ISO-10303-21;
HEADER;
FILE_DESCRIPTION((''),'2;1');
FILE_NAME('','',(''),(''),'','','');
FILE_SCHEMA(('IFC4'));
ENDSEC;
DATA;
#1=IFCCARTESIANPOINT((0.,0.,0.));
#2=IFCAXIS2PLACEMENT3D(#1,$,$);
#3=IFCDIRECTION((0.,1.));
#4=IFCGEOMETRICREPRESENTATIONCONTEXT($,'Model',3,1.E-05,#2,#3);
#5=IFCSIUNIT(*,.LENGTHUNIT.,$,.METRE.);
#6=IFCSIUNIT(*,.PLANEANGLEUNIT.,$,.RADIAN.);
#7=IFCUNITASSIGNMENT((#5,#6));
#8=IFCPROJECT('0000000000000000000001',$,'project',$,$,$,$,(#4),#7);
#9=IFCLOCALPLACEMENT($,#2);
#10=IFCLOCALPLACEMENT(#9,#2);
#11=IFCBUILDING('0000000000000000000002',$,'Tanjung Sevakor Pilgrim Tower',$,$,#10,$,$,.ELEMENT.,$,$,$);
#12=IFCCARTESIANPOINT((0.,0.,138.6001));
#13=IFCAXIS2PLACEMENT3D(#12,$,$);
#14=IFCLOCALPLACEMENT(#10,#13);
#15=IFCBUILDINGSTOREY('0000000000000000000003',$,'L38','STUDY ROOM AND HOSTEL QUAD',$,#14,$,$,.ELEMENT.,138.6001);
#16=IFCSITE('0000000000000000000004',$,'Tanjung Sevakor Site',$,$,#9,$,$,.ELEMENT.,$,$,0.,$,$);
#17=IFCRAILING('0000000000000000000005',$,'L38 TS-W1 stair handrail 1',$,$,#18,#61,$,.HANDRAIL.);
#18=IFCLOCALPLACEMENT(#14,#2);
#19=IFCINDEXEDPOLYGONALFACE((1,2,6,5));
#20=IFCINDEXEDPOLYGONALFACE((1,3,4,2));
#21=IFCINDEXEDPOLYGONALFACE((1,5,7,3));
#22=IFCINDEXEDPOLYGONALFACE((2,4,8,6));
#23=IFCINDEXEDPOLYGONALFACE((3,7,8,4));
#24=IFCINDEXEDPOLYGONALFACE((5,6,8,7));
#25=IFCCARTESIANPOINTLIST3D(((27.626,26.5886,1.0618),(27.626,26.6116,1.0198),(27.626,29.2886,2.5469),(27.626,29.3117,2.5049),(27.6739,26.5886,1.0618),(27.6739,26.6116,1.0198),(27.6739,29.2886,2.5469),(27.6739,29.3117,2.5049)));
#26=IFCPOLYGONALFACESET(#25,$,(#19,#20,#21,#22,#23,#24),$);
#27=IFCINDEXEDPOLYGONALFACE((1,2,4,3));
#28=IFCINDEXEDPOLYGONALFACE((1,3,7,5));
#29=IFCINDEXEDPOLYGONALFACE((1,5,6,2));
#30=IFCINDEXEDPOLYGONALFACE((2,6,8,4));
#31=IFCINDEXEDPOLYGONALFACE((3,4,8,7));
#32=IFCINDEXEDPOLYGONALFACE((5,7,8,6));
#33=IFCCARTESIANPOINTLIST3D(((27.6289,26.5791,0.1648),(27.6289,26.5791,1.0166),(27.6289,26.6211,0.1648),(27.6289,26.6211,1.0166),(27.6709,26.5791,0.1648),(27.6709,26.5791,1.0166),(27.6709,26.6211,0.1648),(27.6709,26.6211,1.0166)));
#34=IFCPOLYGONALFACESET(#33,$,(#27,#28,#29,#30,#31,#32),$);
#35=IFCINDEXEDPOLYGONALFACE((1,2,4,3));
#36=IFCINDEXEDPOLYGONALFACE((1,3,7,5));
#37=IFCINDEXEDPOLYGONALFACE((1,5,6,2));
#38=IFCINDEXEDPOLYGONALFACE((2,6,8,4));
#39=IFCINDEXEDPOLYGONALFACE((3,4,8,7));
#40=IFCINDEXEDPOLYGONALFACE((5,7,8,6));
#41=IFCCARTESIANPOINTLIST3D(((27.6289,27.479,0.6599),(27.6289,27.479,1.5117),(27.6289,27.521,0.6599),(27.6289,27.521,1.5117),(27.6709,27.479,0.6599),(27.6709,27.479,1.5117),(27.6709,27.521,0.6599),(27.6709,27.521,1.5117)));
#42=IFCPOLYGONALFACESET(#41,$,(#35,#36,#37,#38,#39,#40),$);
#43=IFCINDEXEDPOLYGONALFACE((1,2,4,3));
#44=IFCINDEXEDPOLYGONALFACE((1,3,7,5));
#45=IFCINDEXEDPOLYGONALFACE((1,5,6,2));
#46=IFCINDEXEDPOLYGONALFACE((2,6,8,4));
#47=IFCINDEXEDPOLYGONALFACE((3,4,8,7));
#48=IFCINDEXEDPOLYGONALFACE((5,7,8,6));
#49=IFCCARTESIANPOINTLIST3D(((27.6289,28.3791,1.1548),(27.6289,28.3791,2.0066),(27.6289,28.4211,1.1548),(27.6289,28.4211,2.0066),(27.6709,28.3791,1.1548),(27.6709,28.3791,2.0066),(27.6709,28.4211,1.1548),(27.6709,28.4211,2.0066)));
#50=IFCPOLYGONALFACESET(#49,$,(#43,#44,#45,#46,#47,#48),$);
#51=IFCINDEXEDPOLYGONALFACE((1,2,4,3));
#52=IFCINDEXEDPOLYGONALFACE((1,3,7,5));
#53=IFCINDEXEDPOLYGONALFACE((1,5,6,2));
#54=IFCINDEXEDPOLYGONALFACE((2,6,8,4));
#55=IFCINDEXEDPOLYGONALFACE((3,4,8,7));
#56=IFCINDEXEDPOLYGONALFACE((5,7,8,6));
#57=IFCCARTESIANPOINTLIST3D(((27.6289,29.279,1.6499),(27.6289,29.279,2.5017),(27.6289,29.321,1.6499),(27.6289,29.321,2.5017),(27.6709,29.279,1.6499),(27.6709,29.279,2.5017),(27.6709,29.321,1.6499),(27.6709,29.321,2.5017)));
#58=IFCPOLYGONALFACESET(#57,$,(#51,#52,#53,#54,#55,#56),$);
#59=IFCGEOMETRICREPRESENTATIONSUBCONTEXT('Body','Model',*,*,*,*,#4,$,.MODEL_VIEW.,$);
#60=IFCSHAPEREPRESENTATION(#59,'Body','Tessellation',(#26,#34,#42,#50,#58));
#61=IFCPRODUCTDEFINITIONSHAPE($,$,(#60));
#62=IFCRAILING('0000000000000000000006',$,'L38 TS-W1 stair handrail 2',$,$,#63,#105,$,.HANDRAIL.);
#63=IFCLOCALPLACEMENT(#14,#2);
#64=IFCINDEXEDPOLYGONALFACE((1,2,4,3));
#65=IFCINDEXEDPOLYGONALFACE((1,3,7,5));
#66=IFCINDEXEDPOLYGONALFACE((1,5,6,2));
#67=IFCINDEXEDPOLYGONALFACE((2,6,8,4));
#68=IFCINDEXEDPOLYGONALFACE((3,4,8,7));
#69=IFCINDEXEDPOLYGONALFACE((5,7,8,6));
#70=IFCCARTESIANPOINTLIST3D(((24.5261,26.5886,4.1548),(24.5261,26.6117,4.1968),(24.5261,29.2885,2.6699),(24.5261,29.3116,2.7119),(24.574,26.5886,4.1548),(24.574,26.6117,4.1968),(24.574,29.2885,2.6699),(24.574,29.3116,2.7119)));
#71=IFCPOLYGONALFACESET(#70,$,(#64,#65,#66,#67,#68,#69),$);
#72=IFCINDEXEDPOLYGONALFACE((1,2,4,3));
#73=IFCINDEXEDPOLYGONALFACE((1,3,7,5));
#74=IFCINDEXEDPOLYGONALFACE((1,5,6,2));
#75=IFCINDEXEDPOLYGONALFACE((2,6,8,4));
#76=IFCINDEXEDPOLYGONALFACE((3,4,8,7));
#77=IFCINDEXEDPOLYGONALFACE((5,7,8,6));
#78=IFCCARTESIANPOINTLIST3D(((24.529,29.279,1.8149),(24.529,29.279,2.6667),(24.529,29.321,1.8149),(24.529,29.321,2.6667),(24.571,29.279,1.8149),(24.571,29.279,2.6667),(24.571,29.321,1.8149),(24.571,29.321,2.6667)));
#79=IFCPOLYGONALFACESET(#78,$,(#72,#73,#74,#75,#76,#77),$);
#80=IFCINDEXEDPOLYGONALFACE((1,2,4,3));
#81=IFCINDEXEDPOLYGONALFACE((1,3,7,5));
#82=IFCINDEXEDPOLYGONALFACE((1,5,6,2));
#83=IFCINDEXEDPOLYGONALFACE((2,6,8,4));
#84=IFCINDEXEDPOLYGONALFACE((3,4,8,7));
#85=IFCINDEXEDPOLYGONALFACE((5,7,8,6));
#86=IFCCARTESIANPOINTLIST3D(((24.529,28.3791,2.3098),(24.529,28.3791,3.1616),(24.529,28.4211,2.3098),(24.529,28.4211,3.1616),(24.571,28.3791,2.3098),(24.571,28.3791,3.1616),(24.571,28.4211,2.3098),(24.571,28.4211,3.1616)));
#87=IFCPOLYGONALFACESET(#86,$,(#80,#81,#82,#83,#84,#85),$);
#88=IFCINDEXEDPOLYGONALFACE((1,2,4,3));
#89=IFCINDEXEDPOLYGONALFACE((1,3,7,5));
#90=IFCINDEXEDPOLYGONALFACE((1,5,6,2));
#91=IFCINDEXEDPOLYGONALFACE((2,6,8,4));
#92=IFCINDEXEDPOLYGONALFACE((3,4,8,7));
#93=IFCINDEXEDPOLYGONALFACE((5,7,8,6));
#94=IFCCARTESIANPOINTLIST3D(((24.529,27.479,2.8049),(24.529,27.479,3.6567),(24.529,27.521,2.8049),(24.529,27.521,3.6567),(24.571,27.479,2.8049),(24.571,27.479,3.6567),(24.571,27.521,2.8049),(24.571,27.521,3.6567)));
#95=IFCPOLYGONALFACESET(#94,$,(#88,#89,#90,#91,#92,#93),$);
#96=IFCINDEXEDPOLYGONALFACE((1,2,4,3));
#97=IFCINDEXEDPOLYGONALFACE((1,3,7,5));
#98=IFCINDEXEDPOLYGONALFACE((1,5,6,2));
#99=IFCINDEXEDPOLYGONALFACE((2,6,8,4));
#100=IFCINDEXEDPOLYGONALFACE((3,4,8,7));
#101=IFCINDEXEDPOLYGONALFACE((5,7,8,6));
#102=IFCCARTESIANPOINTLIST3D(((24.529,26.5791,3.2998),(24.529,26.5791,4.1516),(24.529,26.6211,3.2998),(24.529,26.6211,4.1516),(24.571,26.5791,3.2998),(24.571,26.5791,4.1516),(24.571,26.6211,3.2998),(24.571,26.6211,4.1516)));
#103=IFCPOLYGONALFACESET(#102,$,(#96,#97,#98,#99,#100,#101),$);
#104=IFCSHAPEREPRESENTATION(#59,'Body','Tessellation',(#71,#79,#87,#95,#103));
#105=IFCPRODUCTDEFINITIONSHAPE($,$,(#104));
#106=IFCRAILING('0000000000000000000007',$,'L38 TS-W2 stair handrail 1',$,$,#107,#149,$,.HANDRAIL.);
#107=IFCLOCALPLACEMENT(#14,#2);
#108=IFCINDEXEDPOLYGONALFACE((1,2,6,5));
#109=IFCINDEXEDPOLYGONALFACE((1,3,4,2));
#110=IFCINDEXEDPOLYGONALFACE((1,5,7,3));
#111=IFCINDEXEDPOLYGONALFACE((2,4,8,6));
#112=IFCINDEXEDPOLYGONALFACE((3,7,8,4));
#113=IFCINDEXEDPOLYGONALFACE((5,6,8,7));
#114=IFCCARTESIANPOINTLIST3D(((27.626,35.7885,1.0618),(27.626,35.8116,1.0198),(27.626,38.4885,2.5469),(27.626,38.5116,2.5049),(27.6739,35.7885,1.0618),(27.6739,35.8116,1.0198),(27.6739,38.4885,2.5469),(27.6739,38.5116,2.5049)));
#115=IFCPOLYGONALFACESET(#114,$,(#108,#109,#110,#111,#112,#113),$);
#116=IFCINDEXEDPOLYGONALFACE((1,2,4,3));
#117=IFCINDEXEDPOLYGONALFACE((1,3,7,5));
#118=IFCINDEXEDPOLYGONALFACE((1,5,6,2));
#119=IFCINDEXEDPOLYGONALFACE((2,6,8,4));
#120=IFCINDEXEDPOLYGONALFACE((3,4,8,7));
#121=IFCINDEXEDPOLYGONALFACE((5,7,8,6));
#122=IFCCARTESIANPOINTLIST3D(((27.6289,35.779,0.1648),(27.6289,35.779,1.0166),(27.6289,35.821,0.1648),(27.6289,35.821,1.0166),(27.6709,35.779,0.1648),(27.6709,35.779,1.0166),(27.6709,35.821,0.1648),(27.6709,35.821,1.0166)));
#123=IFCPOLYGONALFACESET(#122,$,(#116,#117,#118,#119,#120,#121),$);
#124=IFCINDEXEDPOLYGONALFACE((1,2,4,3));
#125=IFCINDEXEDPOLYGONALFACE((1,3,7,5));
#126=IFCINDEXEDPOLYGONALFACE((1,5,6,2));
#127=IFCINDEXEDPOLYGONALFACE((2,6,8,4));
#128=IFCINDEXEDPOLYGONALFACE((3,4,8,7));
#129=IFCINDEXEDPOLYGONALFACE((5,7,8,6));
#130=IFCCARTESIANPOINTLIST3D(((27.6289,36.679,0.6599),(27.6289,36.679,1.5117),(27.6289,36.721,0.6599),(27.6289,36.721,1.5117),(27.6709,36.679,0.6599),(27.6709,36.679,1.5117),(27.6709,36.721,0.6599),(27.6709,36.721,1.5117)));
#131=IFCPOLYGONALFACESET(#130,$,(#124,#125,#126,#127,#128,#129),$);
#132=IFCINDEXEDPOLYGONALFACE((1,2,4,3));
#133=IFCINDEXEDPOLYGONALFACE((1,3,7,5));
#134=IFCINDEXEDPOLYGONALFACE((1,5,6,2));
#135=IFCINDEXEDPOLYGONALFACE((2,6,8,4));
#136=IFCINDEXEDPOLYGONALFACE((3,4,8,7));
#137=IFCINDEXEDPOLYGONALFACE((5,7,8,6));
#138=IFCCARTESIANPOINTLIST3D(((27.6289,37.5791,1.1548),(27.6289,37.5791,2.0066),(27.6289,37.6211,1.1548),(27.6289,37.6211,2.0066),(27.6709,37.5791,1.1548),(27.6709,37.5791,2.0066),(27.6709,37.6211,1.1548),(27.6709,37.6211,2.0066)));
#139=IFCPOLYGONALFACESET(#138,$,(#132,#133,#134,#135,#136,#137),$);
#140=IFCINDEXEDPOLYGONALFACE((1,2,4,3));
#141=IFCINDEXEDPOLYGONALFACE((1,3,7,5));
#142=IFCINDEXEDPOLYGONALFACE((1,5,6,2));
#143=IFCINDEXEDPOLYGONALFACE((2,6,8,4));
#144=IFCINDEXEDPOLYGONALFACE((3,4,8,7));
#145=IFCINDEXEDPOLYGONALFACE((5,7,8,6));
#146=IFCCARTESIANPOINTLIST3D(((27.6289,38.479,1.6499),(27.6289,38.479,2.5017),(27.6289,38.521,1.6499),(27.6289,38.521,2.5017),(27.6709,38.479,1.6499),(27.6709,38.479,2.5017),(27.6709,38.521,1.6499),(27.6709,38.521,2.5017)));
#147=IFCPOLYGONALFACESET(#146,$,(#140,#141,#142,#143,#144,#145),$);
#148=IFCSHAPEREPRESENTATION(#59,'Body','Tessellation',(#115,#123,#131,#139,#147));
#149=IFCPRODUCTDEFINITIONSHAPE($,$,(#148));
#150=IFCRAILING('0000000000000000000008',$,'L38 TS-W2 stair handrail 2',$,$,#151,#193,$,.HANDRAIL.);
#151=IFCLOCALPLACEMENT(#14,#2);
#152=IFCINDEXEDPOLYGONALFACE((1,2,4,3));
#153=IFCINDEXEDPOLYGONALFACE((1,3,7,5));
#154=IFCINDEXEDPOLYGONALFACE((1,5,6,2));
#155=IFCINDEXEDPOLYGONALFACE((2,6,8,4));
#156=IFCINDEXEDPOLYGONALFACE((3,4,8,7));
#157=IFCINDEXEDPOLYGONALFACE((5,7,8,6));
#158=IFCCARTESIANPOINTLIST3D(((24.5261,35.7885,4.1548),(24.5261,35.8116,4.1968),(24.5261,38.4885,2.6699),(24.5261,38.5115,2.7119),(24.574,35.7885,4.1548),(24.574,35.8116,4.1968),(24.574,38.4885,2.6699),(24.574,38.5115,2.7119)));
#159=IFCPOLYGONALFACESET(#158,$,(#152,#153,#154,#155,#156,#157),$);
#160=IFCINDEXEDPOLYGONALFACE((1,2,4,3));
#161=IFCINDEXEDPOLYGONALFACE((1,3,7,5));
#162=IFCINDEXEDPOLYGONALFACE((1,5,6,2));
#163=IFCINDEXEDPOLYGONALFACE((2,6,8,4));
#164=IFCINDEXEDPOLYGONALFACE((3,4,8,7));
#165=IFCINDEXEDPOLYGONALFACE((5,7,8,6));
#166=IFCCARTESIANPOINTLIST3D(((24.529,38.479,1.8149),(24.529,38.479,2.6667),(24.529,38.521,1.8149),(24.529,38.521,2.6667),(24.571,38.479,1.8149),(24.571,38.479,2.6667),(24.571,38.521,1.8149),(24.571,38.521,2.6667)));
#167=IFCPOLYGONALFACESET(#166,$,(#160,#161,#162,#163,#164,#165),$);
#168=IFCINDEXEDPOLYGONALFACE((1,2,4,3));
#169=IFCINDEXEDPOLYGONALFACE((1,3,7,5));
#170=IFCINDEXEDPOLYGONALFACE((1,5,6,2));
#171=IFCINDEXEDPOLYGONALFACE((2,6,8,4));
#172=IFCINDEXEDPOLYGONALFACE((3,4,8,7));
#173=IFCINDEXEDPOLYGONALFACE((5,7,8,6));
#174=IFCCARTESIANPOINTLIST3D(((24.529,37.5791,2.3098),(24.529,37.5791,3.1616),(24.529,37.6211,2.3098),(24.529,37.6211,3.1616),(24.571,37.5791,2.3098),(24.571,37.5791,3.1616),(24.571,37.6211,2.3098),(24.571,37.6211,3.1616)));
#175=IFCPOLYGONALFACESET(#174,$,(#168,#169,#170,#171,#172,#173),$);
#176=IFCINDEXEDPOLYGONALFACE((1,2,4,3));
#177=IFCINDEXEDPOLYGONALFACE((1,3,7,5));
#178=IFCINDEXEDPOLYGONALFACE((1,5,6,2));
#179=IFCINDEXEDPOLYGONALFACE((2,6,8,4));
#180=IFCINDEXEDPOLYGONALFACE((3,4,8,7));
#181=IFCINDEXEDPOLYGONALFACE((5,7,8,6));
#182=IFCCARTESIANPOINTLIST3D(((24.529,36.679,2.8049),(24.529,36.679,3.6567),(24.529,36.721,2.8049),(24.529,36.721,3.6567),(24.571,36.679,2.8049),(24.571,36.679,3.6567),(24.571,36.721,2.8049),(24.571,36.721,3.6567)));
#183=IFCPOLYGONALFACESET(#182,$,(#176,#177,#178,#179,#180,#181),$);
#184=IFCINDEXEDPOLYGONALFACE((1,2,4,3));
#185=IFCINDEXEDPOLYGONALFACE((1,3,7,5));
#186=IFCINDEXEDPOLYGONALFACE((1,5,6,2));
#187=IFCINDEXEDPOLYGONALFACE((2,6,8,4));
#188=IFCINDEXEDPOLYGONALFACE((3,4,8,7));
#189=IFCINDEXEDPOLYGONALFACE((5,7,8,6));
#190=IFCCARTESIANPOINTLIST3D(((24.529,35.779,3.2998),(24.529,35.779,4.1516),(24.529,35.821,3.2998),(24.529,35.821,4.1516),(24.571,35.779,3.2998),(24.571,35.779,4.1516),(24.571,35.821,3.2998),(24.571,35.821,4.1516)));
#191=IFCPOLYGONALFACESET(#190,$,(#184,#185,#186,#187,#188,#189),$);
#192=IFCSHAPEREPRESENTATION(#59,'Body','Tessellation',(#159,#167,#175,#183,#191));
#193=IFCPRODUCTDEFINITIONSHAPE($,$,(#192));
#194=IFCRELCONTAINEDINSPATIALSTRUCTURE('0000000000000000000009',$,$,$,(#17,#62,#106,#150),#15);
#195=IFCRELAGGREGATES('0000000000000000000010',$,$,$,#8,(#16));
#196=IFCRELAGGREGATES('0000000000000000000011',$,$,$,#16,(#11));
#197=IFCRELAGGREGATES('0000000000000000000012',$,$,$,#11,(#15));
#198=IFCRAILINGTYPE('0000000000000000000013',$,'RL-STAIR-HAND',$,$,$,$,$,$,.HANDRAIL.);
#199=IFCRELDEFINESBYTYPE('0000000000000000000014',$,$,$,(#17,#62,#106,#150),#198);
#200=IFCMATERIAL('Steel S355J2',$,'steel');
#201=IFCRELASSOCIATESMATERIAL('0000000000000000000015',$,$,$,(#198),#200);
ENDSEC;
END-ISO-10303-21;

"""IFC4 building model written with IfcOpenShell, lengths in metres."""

from ifc_helpers import new_model, si_unit, direction, frame, origin, place, context, subcontext, project, spatial, rectangle, extrude, material, type_object, element, save


model = new_model("IFC4")

# Units and contexts
model_context = context("Model", 3, precision=1e-05, world=origin(), true_north=direction((0.0, 1.0)))
body_context = subcontext(model_context, "Body", "Model", "MODEL_VIEW")
ifc_project = project(units=[si_unit("LENGTHUNIT", "METRE"), si_unit("PLANEANGLEUNIT", "RADIAN")], contexts=[model_context])

# Site, building, storey
site_placement = place(None, origin())
site = spatial("IfcSite", under=ifc_project, at=site_placement, Name="Tanjung Sevakor Site", CompositionType="ELEMENT", RefElevation=0.0)
building_placement = place(site_placement, origin())
building = spatial("IfcBuilding", under=site, at=building_placement, Name="Tanjung Sevakor Pilgrim Tower", CompositionType="ELEMENT")
storey_placement = place(building_placement, frame((0.0, 0.0, 138.6001)))
storey = spatial("IfcBuildingStorey", under=building, at=storey_placement, Name="L38", Description="STUDY ROOM AND HOSTEL QUAD", CompositionType="ELEMENT", Elevation=138.6001)

# Railings
ifc_material_1 = material(Name="Steel S355J2", Category="steel")
railing_type_1 = type_object("IfcRailingType", Name="RL-STAIR-HAND", PredefinedType="HANDRAIL", material=ifc_material_1)
railing_1_placement = place(storey_placement, frame((27.6499, 26.6001, 0.1648)))
element("IfcRailing", 1, at=railing_1_placement, inside=storey, type_object=railing_type_1, Name="L38 TS-W1 stair handrail 1", PredefinedType="HANDRAIL", context=body_context, shape_type="SweptSolid", body=[
    extrude(rectangle(XDim=0.0479, YDim=0.0479), frame((0.0, 0.0, 0.876), z_axis=(0.0, 0.876198, 0.481952), x_axis=(-1.0, 0.0, 0.0)), (0.0, 0.0, 1.0), 3.0815),
    extrude(rectangle(XDim=0.042, YDim=0.042), origin(), (0.0, 0.0, 1.0), 0.8518),
    extrude(rectangle(XDim=0.042, YDim=0.042), frame((0.0, 0.8999, 0.4951)), (0.0, 0.0, 1.0), 0.8518),
    extrude(rectangle(XDim=0.042, YDim=0.042), frame((0.0, 1.8, 0.99)), (0.0, 0.0, 1.0), 0.8518),
    extrude(rectangle(XDim=0.042, YDim=0.042), frame((0.0, 2.7, 1.4851)), (0.0, 0.0, 1.0), 0.8518),
])
railing_2_placement = place(storey_placement, frame((24.55, 29.3, 1.8149)))
element("IfcRailing", 2, at=railing_2_placement, inside=storey, type_object=railing_type_1, Name="L38 TS-W1 stair handrail 2", PredefinedType="HANDRAIL", context=body_context, shape_type="SweptSolid", body=[
    extrude(rectangle(XDim=0.0479, YDim=0.0479), frame((0.0, 0.0, 0.876), z_axis=(0.0, -0.876231, 0.481891), x_axis=(1.0, 0.0, 0.0)), (0.0, 0.0, 1.0), 3.0813),
    extrude(rectangle(XDim=0.042, YDim=0.042), origin(), (0.0, 0.0, 1.0), 0.8518),
    extrude(rectangle(XDim=0.042, YDim=0.042), frame((0.0, -0.8999, 0.4949)), (0.0, 0.0, 1.0), 0.8518),
    extrude(rectangle(XDim=0.042, YDim=0.042), frame((0.0, -1.8, 0.99)), (0.0, 0.0, 1.0), 0.8518),
    extrude(rectangle(XDim=0.042, YDim=0.042), frame((0.0, -2.7, 1.4849)), (0.0, 0.0, 1.0), 0.8518),
])
railing_3_placement = place(storey_placement, frame((27.6499, 35.8, 0.1648)))
element("IfcRailing", 3, at=railing_3_placement, inside=storey, type_object=railing_type_1, Name="L38 TS-W2 stair handrail 1", PredefinedType="HANDRAIL", context=body_context, shape_type="SweptSolid", body=[
    extrude(rectangle(XDim=0.0479, YDim=0.0479), frame((0.0, 0.0, 0.876), z_axis=(0.0, 0.876198, 0.481952), x_axis=(-1.0, 0.0, 0.0)), (0.0, 0.0, 1.0), 3.0815),
    extrude(rectangle(XDim=0.042, YDim=0.042), origin(), (0.0, 0.0, 1.0), 0.8518),
    extrude(rectangle(XDim=0.042, YDim=0.042), frame((0.0, 0.8999, 0.4951)), (0.0, 0.0, 1.0), 0.8518),
    extrude(rectangle(XDim=0.042, YDim=0.042), frame((0.0, 1.8, 0.99)), (0.0, 0.0, 1.0), 0.8518),
    extrude(rectangle(XDim=0.042, YDim=0.042), frame((0.0, 2.7, 1.4851)), (0.0, 0.0, 1.0), 0.8518),
])
railing_4_placement = place(storey_placement, frame((24.55, 38.5, 1.8149)))
element("IfcRailing", 4, at=railing_4_placement, inside=storey, type_object=railing_type_1, Name="L38 TS-W2 stair handrail 2", PredefinedType="HANDRAIL", context=body_context, shape_type="SweptSolid", body=[
    extrude(rectangle(XDim=0.0479, YDim=0.0479), frame((0.0, 0.0, 0.876), z_axis=(0.0, -0.876231, 0.481891), x_axis=(1.0, 0.0, 0.0)), (0.0, 0.0, 1.0), 3.0813),
    extrude(rectangle(XDim=0.042, YDim=0.042), origin(), (0.0, 0.0, 1.0), 0.8518),
    extrude(rectangle(XDim=0.042, YDim=0.042), frame((0.0, -0.8999, 0.4949)), (0.0, 0.0, 1.0), 0.8518),
    extrude(rectangle(XDim=0.042, YDim=0.042), frame((0.0, -1.8, 0.99)), (0.0, 0.0, 1.0), 0.8518),
    extrude(rectangle(XDim=0.042, YDim=0.042), frame((0.0, -2.7, 1.4849)), (0.0, 0.0, 1.0), 0.8518),
])

save(model, "model.ifc")
